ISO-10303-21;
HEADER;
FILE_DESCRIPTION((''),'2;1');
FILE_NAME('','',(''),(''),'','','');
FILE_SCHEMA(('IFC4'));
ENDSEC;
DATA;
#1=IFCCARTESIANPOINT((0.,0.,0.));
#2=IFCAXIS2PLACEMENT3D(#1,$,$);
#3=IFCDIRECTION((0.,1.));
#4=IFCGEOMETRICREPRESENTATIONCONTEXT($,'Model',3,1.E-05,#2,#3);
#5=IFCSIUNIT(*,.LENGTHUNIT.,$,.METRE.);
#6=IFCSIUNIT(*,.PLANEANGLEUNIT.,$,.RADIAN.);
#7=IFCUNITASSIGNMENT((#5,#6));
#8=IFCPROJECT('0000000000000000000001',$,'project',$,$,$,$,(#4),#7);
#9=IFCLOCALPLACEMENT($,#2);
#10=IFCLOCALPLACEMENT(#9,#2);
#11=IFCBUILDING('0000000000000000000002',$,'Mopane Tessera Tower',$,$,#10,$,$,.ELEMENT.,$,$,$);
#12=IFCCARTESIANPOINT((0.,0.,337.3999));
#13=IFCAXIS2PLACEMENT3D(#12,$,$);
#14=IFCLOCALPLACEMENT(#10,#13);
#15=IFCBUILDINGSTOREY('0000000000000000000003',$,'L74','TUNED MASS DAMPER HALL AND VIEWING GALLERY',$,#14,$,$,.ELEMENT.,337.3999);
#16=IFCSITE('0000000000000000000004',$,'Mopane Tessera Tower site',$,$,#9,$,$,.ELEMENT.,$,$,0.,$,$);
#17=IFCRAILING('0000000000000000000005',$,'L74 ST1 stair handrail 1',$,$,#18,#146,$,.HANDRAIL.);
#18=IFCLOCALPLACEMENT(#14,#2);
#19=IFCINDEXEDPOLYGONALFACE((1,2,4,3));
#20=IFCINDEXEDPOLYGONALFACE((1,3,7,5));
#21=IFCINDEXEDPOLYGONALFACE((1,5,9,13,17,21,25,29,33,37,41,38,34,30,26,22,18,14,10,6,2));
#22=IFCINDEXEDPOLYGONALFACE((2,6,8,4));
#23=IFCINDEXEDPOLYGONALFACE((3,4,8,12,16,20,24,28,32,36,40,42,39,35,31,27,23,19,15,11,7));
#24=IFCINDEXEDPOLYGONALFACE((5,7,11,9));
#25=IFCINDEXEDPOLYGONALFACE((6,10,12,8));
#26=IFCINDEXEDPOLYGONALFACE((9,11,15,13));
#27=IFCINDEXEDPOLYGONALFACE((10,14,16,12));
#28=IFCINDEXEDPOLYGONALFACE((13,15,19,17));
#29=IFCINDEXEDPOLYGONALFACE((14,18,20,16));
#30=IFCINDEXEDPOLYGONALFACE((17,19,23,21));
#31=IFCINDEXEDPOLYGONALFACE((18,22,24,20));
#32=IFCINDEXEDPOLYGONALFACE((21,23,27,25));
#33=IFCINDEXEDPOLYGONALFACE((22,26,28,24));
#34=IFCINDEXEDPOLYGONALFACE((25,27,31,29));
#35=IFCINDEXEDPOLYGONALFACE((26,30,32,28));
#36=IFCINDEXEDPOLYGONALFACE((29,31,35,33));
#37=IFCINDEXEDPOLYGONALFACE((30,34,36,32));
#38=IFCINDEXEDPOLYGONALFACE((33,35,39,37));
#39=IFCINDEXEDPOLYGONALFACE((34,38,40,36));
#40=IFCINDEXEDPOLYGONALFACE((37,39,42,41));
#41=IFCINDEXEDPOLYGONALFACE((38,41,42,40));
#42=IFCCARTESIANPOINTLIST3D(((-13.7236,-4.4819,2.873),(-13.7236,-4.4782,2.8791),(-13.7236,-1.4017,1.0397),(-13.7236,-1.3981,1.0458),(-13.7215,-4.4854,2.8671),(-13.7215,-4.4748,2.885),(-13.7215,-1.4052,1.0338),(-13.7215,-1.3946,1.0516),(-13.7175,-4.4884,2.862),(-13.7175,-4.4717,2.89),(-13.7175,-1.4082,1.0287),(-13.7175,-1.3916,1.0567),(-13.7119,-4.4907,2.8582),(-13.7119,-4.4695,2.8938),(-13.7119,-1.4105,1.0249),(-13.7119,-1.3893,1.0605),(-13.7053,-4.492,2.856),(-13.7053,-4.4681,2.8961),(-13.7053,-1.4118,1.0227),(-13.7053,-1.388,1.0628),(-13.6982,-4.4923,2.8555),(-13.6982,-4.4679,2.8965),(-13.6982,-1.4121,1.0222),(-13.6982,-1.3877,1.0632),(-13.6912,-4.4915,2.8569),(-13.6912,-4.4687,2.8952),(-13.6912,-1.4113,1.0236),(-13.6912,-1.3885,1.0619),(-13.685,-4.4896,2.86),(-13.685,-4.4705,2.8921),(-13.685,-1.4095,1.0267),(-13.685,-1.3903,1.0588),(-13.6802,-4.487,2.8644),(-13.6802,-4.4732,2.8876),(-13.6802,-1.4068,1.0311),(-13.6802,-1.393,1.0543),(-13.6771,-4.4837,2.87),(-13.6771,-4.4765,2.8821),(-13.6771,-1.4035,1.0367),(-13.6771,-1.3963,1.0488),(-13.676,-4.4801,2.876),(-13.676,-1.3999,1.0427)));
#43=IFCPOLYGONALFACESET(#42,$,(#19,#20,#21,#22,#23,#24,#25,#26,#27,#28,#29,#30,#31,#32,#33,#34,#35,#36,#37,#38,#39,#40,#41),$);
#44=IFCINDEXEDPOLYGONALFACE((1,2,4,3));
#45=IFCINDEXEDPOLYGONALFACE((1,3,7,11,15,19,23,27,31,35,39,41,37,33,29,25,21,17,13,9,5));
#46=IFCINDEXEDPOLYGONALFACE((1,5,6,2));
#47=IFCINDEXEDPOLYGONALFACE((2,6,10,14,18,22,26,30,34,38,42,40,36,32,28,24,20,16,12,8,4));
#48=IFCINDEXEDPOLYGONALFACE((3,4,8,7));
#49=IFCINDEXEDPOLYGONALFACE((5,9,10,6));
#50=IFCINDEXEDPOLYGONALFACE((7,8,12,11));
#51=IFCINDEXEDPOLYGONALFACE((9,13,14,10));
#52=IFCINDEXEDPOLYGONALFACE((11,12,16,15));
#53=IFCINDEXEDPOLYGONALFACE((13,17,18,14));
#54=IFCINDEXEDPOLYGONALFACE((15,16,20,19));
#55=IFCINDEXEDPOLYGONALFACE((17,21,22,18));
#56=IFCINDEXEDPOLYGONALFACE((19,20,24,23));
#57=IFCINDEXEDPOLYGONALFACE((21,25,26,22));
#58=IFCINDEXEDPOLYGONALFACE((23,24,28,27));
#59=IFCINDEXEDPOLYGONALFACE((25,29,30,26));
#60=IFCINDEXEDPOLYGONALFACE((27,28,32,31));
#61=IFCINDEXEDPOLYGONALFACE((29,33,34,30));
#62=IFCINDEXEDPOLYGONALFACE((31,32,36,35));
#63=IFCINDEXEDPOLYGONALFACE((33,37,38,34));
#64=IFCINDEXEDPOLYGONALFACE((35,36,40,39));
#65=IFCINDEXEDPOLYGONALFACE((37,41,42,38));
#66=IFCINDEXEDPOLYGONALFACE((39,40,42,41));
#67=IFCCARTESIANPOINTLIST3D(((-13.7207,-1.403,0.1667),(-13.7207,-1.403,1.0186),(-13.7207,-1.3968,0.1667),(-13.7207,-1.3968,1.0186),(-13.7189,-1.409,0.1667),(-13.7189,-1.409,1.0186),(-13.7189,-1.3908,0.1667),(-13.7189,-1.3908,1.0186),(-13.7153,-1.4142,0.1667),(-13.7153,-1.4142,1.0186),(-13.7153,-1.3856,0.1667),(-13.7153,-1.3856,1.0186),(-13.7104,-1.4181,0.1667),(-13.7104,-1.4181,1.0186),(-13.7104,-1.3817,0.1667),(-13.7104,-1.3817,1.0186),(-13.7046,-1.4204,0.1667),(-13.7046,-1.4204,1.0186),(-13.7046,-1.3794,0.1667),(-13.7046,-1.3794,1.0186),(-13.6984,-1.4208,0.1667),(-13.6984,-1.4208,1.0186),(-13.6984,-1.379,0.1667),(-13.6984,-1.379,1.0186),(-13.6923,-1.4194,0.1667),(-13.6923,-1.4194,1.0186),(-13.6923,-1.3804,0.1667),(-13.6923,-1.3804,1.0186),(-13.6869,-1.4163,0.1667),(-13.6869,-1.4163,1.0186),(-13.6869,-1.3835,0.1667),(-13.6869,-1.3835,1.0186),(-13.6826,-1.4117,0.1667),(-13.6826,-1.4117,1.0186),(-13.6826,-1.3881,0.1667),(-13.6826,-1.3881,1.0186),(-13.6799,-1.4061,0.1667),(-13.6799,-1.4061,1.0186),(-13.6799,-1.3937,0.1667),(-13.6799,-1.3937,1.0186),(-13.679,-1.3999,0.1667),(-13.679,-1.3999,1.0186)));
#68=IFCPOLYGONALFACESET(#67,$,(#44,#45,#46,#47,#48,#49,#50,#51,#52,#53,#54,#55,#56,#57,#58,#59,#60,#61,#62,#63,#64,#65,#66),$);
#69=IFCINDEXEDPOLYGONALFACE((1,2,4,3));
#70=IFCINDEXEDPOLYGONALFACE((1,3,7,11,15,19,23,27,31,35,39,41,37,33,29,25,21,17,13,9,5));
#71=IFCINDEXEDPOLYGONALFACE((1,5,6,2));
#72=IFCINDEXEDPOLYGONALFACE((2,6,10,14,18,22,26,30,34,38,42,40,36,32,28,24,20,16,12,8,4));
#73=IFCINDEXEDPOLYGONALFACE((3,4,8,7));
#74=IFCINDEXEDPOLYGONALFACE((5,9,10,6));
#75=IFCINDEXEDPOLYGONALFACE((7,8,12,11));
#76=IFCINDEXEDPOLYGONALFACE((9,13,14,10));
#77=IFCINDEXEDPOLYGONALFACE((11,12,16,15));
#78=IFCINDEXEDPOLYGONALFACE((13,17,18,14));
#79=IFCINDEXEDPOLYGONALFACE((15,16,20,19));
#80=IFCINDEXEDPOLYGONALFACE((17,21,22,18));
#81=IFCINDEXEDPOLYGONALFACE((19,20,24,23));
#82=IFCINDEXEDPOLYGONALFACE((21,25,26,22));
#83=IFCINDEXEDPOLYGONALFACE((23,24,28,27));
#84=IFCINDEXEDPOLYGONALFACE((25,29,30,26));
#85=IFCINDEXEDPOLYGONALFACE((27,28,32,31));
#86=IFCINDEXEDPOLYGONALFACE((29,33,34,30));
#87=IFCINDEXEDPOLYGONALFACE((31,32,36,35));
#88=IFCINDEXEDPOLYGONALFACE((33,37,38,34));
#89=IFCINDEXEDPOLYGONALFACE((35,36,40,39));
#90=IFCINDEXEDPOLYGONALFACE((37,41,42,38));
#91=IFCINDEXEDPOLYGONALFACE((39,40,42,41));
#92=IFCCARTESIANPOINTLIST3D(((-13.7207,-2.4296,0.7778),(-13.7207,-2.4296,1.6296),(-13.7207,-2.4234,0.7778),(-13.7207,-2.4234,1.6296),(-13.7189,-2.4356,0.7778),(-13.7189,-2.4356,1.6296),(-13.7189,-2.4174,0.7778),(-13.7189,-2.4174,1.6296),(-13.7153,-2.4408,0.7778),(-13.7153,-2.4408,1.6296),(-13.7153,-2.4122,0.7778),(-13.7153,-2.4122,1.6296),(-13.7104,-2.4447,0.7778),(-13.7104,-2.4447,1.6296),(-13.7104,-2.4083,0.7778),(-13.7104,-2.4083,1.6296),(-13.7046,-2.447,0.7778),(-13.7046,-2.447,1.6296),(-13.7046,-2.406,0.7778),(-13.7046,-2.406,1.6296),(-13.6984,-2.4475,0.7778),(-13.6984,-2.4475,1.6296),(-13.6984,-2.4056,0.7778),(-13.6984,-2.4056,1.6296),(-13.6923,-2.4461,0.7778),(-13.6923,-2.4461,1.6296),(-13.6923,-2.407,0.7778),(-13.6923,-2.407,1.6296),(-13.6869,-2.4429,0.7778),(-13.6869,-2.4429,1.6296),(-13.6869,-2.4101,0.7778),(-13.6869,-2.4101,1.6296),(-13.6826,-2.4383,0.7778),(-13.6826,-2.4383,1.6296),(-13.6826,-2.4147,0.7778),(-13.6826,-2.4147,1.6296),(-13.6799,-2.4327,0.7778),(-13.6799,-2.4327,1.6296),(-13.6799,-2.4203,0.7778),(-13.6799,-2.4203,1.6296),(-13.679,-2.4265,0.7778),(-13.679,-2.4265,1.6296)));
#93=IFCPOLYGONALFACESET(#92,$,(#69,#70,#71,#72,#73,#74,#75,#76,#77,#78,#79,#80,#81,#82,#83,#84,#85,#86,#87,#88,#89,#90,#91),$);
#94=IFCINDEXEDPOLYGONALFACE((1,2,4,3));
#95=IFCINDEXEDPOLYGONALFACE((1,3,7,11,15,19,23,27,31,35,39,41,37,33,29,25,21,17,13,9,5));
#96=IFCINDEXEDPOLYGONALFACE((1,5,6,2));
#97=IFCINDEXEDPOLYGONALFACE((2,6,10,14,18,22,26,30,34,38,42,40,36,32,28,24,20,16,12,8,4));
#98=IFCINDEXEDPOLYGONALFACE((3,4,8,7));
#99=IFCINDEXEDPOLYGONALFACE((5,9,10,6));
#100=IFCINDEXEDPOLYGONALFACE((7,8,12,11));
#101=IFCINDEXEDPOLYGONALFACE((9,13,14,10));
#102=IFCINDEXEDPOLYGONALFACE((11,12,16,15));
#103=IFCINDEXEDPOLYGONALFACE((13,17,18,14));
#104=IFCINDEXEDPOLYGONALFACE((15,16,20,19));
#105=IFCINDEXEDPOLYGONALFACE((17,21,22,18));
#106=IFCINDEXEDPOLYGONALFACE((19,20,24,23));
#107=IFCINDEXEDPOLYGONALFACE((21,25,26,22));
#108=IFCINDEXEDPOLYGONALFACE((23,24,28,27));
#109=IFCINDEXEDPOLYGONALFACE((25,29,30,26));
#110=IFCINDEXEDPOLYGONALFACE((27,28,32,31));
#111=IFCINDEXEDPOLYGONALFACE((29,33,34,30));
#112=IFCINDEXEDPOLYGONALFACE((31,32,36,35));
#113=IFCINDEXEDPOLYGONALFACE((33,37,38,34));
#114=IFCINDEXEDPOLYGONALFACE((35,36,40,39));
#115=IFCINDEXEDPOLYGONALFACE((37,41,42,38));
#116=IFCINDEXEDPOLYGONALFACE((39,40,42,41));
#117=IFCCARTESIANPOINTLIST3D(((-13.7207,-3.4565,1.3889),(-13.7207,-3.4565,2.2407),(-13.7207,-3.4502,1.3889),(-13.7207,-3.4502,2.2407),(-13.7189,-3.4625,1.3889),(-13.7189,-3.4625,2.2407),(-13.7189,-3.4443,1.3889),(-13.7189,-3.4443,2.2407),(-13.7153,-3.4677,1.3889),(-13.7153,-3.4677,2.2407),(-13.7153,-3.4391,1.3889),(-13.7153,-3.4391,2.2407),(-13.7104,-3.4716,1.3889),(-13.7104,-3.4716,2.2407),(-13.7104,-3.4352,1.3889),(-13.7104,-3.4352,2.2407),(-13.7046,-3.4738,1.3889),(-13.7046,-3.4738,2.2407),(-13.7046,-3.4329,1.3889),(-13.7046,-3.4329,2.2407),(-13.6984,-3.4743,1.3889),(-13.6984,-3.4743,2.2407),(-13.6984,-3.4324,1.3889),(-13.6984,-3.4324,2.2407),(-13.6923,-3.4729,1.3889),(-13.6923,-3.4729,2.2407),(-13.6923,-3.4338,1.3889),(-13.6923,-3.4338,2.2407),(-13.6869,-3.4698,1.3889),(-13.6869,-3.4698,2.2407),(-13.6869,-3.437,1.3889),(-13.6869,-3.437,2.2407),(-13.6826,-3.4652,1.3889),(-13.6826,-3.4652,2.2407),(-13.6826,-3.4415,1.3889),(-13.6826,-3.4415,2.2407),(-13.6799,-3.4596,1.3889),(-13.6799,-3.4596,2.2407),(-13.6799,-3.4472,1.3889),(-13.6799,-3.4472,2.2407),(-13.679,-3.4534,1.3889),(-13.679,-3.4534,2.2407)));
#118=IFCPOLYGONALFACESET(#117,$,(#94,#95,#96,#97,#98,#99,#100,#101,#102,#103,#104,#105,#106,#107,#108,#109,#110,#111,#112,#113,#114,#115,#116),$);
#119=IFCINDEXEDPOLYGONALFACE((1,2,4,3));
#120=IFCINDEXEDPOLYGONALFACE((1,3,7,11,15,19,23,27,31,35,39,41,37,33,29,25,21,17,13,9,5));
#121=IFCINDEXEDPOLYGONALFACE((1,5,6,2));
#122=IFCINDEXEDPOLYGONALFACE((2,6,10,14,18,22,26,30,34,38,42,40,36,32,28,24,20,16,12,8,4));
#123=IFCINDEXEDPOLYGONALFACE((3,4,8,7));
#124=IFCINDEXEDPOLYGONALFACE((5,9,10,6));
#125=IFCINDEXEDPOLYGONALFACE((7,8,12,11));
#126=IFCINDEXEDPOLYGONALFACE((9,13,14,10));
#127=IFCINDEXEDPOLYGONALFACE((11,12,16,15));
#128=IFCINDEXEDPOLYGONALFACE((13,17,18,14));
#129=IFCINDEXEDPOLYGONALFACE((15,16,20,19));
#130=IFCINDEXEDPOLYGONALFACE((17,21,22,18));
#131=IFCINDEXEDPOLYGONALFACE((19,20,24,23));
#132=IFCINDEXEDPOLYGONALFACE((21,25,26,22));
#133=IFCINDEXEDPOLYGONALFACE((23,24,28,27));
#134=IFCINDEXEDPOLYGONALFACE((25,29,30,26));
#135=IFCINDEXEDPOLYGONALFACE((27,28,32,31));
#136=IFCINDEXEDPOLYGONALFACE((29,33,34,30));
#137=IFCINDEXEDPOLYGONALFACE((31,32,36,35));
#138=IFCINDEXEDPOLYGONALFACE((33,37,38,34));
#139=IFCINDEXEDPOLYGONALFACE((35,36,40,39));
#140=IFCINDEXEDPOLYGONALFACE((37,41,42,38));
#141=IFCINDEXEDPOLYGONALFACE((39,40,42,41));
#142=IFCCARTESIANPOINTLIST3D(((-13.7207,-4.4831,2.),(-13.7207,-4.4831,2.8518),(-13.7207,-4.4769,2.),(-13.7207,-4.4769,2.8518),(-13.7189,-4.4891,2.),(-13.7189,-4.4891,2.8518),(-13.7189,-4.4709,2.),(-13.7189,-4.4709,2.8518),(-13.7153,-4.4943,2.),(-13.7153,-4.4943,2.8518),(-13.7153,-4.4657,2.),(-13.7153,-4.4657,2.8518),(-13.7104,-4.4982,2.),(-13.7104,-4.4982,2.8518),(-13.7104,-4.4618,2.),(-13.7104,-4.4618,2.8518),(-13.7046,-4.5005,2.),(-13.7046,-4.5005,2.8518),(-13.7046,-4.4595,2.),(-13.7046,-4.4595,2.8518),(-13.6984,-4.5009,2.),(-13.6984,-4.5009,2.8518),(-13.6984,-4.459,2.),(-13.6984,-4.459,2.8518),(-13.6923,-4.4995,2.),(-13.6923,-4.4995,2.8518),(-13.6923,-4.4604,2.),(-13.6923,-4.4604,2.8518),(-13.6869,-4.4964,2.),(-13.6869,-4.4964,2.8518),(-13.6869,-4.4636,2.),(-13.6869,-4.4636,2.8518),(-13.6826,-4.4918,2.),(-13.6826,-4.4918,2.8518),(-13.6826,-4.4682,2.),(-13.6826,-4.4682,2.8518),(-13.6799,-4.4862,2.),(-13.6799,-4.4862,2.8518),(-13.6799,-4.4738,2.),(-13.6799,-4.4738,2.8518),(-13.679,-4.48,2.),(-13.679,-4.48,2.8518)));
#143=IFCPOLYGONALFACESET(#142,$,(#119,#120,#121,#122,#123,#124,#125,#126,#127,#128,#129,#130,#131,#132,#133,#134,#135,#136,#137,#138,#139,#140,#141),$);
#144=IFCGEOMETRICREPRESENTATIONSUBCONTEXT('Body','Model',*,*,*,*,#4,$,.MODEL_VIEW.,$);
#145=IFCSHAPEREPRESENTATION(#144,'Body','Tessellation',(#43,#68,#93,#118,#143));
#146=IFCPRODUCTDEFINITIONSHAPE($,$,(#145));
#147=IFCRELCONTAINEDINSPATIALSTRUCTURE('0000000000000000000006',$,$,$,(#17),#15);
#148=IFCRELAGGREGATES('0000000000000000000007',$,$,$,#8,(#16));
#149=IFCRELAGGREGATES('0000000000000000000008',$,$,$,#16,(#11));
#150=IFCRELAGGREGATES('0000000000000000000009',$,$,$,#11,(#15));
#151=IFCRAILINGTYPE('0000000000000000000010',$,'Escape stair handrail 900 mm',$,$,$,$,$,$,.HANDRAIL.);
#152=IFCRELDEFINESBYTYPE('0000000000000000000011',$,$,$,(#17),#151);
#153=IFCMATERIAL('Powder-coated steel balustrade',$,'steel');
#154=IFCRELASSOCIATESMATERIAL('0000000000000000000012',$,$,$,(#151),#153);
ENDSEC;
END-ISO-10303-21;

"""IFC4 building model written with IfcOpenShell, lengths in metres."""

from ifc_helpers import new_model, si_unit, direction, frame, origin, origin_2d, place, context, subcontext, project, spatial, circle, extrude, material, type_object, element, save


model = new_model("IFC4")

# Units and contexts
model_context = context("Model", 3, precision=1e-05, world=origin(), true_north=direction((0.0, 1.0)))
body_context = subcontext(model_context, "Body", "Model", "MODEL_VIEW")
ifc_project = project(units=[si_unit("LENGTHUNIT", "METRE"), si_unit("PLANEANGLEUNIT", "RADIAN")], contexts=[model_context])

# Site, building, storey
site_placement = place(None, origin())
site = spatial("IfcSite", under=ifc_project, at=site_placement, Name="Mopane Tessera Tower site", CompositionType="ELEMENT", RefElevation=0.0)
building_placement = place(site_placement, origin())
building = spatial("IfcBuilding", under=site, at=building_placement, Name="Mopane Tessera Tower", CompositionType="ELEMENT")
storey_placement = place(building_placement, frame((0.0, 0.0, 337.3999)))
storey = spatial("IfcBuildingStorey", under=building, at=storey_placement, Name="L74", Description="TUNED MASS DAMPER HALL AND VIEWING GALLERY", CompositionType="ELEMENT", Elevation=337.3999)

# Railing
ifc_material_1 = material(Name="Powder-coated steel balustrade", Category="steel")
railing_type_1 = type_object("IfcRailingType", Name="Escape stair handrail 900 mm", PredefinedType="HANDRAIL", material=ifc_material_1)
for number, where, name in (
    (1, (-13.7, -1.3999, 0.1667), "L74 ST1 stair handrail 1"),
):
    element("IfcRailing", number, at=place(storey_placement, frame(where)), inside=storey, type_object=railing_type_1, Name=name, PredefinedType="HANDRAIL", context=body_context, shape_type="SweptSolid", body=[
        extrude(circle(Radius=0.0239, at=origin_2d()), frame((0.0, 0.0, 0.876), z_axis=(0.0, -0.859309, 0.511458), x_axis=(1.0, 0.0, 0.0)), (0.0, 0.0, 1.0), 3.5845),
        extrude(circle(Radius=0.021, at=origin_2d()), origin(), (0.0, 0.0, 1.0), 0.8518),
        extrude(circle(Radius=0.021, at=origin_2d()), frame((0.0, -1.0266, 0.6111)), (0.0, 0.0, 1.0), 0.8518),
        extrude(circle(Radius=0.021, at=origin_2d()), frame((0.0, -2.0535, 1.2222)), (0.0, 0.0, 1.0), 0.8518),
        extrude(circle(Radius=0.021, at=origin_2d()), frame((0.0, -3.0801, 1.8333)), (0.0, 0.0, 1.0), 0.8518),
    ])

save(model, "model.ifc")
